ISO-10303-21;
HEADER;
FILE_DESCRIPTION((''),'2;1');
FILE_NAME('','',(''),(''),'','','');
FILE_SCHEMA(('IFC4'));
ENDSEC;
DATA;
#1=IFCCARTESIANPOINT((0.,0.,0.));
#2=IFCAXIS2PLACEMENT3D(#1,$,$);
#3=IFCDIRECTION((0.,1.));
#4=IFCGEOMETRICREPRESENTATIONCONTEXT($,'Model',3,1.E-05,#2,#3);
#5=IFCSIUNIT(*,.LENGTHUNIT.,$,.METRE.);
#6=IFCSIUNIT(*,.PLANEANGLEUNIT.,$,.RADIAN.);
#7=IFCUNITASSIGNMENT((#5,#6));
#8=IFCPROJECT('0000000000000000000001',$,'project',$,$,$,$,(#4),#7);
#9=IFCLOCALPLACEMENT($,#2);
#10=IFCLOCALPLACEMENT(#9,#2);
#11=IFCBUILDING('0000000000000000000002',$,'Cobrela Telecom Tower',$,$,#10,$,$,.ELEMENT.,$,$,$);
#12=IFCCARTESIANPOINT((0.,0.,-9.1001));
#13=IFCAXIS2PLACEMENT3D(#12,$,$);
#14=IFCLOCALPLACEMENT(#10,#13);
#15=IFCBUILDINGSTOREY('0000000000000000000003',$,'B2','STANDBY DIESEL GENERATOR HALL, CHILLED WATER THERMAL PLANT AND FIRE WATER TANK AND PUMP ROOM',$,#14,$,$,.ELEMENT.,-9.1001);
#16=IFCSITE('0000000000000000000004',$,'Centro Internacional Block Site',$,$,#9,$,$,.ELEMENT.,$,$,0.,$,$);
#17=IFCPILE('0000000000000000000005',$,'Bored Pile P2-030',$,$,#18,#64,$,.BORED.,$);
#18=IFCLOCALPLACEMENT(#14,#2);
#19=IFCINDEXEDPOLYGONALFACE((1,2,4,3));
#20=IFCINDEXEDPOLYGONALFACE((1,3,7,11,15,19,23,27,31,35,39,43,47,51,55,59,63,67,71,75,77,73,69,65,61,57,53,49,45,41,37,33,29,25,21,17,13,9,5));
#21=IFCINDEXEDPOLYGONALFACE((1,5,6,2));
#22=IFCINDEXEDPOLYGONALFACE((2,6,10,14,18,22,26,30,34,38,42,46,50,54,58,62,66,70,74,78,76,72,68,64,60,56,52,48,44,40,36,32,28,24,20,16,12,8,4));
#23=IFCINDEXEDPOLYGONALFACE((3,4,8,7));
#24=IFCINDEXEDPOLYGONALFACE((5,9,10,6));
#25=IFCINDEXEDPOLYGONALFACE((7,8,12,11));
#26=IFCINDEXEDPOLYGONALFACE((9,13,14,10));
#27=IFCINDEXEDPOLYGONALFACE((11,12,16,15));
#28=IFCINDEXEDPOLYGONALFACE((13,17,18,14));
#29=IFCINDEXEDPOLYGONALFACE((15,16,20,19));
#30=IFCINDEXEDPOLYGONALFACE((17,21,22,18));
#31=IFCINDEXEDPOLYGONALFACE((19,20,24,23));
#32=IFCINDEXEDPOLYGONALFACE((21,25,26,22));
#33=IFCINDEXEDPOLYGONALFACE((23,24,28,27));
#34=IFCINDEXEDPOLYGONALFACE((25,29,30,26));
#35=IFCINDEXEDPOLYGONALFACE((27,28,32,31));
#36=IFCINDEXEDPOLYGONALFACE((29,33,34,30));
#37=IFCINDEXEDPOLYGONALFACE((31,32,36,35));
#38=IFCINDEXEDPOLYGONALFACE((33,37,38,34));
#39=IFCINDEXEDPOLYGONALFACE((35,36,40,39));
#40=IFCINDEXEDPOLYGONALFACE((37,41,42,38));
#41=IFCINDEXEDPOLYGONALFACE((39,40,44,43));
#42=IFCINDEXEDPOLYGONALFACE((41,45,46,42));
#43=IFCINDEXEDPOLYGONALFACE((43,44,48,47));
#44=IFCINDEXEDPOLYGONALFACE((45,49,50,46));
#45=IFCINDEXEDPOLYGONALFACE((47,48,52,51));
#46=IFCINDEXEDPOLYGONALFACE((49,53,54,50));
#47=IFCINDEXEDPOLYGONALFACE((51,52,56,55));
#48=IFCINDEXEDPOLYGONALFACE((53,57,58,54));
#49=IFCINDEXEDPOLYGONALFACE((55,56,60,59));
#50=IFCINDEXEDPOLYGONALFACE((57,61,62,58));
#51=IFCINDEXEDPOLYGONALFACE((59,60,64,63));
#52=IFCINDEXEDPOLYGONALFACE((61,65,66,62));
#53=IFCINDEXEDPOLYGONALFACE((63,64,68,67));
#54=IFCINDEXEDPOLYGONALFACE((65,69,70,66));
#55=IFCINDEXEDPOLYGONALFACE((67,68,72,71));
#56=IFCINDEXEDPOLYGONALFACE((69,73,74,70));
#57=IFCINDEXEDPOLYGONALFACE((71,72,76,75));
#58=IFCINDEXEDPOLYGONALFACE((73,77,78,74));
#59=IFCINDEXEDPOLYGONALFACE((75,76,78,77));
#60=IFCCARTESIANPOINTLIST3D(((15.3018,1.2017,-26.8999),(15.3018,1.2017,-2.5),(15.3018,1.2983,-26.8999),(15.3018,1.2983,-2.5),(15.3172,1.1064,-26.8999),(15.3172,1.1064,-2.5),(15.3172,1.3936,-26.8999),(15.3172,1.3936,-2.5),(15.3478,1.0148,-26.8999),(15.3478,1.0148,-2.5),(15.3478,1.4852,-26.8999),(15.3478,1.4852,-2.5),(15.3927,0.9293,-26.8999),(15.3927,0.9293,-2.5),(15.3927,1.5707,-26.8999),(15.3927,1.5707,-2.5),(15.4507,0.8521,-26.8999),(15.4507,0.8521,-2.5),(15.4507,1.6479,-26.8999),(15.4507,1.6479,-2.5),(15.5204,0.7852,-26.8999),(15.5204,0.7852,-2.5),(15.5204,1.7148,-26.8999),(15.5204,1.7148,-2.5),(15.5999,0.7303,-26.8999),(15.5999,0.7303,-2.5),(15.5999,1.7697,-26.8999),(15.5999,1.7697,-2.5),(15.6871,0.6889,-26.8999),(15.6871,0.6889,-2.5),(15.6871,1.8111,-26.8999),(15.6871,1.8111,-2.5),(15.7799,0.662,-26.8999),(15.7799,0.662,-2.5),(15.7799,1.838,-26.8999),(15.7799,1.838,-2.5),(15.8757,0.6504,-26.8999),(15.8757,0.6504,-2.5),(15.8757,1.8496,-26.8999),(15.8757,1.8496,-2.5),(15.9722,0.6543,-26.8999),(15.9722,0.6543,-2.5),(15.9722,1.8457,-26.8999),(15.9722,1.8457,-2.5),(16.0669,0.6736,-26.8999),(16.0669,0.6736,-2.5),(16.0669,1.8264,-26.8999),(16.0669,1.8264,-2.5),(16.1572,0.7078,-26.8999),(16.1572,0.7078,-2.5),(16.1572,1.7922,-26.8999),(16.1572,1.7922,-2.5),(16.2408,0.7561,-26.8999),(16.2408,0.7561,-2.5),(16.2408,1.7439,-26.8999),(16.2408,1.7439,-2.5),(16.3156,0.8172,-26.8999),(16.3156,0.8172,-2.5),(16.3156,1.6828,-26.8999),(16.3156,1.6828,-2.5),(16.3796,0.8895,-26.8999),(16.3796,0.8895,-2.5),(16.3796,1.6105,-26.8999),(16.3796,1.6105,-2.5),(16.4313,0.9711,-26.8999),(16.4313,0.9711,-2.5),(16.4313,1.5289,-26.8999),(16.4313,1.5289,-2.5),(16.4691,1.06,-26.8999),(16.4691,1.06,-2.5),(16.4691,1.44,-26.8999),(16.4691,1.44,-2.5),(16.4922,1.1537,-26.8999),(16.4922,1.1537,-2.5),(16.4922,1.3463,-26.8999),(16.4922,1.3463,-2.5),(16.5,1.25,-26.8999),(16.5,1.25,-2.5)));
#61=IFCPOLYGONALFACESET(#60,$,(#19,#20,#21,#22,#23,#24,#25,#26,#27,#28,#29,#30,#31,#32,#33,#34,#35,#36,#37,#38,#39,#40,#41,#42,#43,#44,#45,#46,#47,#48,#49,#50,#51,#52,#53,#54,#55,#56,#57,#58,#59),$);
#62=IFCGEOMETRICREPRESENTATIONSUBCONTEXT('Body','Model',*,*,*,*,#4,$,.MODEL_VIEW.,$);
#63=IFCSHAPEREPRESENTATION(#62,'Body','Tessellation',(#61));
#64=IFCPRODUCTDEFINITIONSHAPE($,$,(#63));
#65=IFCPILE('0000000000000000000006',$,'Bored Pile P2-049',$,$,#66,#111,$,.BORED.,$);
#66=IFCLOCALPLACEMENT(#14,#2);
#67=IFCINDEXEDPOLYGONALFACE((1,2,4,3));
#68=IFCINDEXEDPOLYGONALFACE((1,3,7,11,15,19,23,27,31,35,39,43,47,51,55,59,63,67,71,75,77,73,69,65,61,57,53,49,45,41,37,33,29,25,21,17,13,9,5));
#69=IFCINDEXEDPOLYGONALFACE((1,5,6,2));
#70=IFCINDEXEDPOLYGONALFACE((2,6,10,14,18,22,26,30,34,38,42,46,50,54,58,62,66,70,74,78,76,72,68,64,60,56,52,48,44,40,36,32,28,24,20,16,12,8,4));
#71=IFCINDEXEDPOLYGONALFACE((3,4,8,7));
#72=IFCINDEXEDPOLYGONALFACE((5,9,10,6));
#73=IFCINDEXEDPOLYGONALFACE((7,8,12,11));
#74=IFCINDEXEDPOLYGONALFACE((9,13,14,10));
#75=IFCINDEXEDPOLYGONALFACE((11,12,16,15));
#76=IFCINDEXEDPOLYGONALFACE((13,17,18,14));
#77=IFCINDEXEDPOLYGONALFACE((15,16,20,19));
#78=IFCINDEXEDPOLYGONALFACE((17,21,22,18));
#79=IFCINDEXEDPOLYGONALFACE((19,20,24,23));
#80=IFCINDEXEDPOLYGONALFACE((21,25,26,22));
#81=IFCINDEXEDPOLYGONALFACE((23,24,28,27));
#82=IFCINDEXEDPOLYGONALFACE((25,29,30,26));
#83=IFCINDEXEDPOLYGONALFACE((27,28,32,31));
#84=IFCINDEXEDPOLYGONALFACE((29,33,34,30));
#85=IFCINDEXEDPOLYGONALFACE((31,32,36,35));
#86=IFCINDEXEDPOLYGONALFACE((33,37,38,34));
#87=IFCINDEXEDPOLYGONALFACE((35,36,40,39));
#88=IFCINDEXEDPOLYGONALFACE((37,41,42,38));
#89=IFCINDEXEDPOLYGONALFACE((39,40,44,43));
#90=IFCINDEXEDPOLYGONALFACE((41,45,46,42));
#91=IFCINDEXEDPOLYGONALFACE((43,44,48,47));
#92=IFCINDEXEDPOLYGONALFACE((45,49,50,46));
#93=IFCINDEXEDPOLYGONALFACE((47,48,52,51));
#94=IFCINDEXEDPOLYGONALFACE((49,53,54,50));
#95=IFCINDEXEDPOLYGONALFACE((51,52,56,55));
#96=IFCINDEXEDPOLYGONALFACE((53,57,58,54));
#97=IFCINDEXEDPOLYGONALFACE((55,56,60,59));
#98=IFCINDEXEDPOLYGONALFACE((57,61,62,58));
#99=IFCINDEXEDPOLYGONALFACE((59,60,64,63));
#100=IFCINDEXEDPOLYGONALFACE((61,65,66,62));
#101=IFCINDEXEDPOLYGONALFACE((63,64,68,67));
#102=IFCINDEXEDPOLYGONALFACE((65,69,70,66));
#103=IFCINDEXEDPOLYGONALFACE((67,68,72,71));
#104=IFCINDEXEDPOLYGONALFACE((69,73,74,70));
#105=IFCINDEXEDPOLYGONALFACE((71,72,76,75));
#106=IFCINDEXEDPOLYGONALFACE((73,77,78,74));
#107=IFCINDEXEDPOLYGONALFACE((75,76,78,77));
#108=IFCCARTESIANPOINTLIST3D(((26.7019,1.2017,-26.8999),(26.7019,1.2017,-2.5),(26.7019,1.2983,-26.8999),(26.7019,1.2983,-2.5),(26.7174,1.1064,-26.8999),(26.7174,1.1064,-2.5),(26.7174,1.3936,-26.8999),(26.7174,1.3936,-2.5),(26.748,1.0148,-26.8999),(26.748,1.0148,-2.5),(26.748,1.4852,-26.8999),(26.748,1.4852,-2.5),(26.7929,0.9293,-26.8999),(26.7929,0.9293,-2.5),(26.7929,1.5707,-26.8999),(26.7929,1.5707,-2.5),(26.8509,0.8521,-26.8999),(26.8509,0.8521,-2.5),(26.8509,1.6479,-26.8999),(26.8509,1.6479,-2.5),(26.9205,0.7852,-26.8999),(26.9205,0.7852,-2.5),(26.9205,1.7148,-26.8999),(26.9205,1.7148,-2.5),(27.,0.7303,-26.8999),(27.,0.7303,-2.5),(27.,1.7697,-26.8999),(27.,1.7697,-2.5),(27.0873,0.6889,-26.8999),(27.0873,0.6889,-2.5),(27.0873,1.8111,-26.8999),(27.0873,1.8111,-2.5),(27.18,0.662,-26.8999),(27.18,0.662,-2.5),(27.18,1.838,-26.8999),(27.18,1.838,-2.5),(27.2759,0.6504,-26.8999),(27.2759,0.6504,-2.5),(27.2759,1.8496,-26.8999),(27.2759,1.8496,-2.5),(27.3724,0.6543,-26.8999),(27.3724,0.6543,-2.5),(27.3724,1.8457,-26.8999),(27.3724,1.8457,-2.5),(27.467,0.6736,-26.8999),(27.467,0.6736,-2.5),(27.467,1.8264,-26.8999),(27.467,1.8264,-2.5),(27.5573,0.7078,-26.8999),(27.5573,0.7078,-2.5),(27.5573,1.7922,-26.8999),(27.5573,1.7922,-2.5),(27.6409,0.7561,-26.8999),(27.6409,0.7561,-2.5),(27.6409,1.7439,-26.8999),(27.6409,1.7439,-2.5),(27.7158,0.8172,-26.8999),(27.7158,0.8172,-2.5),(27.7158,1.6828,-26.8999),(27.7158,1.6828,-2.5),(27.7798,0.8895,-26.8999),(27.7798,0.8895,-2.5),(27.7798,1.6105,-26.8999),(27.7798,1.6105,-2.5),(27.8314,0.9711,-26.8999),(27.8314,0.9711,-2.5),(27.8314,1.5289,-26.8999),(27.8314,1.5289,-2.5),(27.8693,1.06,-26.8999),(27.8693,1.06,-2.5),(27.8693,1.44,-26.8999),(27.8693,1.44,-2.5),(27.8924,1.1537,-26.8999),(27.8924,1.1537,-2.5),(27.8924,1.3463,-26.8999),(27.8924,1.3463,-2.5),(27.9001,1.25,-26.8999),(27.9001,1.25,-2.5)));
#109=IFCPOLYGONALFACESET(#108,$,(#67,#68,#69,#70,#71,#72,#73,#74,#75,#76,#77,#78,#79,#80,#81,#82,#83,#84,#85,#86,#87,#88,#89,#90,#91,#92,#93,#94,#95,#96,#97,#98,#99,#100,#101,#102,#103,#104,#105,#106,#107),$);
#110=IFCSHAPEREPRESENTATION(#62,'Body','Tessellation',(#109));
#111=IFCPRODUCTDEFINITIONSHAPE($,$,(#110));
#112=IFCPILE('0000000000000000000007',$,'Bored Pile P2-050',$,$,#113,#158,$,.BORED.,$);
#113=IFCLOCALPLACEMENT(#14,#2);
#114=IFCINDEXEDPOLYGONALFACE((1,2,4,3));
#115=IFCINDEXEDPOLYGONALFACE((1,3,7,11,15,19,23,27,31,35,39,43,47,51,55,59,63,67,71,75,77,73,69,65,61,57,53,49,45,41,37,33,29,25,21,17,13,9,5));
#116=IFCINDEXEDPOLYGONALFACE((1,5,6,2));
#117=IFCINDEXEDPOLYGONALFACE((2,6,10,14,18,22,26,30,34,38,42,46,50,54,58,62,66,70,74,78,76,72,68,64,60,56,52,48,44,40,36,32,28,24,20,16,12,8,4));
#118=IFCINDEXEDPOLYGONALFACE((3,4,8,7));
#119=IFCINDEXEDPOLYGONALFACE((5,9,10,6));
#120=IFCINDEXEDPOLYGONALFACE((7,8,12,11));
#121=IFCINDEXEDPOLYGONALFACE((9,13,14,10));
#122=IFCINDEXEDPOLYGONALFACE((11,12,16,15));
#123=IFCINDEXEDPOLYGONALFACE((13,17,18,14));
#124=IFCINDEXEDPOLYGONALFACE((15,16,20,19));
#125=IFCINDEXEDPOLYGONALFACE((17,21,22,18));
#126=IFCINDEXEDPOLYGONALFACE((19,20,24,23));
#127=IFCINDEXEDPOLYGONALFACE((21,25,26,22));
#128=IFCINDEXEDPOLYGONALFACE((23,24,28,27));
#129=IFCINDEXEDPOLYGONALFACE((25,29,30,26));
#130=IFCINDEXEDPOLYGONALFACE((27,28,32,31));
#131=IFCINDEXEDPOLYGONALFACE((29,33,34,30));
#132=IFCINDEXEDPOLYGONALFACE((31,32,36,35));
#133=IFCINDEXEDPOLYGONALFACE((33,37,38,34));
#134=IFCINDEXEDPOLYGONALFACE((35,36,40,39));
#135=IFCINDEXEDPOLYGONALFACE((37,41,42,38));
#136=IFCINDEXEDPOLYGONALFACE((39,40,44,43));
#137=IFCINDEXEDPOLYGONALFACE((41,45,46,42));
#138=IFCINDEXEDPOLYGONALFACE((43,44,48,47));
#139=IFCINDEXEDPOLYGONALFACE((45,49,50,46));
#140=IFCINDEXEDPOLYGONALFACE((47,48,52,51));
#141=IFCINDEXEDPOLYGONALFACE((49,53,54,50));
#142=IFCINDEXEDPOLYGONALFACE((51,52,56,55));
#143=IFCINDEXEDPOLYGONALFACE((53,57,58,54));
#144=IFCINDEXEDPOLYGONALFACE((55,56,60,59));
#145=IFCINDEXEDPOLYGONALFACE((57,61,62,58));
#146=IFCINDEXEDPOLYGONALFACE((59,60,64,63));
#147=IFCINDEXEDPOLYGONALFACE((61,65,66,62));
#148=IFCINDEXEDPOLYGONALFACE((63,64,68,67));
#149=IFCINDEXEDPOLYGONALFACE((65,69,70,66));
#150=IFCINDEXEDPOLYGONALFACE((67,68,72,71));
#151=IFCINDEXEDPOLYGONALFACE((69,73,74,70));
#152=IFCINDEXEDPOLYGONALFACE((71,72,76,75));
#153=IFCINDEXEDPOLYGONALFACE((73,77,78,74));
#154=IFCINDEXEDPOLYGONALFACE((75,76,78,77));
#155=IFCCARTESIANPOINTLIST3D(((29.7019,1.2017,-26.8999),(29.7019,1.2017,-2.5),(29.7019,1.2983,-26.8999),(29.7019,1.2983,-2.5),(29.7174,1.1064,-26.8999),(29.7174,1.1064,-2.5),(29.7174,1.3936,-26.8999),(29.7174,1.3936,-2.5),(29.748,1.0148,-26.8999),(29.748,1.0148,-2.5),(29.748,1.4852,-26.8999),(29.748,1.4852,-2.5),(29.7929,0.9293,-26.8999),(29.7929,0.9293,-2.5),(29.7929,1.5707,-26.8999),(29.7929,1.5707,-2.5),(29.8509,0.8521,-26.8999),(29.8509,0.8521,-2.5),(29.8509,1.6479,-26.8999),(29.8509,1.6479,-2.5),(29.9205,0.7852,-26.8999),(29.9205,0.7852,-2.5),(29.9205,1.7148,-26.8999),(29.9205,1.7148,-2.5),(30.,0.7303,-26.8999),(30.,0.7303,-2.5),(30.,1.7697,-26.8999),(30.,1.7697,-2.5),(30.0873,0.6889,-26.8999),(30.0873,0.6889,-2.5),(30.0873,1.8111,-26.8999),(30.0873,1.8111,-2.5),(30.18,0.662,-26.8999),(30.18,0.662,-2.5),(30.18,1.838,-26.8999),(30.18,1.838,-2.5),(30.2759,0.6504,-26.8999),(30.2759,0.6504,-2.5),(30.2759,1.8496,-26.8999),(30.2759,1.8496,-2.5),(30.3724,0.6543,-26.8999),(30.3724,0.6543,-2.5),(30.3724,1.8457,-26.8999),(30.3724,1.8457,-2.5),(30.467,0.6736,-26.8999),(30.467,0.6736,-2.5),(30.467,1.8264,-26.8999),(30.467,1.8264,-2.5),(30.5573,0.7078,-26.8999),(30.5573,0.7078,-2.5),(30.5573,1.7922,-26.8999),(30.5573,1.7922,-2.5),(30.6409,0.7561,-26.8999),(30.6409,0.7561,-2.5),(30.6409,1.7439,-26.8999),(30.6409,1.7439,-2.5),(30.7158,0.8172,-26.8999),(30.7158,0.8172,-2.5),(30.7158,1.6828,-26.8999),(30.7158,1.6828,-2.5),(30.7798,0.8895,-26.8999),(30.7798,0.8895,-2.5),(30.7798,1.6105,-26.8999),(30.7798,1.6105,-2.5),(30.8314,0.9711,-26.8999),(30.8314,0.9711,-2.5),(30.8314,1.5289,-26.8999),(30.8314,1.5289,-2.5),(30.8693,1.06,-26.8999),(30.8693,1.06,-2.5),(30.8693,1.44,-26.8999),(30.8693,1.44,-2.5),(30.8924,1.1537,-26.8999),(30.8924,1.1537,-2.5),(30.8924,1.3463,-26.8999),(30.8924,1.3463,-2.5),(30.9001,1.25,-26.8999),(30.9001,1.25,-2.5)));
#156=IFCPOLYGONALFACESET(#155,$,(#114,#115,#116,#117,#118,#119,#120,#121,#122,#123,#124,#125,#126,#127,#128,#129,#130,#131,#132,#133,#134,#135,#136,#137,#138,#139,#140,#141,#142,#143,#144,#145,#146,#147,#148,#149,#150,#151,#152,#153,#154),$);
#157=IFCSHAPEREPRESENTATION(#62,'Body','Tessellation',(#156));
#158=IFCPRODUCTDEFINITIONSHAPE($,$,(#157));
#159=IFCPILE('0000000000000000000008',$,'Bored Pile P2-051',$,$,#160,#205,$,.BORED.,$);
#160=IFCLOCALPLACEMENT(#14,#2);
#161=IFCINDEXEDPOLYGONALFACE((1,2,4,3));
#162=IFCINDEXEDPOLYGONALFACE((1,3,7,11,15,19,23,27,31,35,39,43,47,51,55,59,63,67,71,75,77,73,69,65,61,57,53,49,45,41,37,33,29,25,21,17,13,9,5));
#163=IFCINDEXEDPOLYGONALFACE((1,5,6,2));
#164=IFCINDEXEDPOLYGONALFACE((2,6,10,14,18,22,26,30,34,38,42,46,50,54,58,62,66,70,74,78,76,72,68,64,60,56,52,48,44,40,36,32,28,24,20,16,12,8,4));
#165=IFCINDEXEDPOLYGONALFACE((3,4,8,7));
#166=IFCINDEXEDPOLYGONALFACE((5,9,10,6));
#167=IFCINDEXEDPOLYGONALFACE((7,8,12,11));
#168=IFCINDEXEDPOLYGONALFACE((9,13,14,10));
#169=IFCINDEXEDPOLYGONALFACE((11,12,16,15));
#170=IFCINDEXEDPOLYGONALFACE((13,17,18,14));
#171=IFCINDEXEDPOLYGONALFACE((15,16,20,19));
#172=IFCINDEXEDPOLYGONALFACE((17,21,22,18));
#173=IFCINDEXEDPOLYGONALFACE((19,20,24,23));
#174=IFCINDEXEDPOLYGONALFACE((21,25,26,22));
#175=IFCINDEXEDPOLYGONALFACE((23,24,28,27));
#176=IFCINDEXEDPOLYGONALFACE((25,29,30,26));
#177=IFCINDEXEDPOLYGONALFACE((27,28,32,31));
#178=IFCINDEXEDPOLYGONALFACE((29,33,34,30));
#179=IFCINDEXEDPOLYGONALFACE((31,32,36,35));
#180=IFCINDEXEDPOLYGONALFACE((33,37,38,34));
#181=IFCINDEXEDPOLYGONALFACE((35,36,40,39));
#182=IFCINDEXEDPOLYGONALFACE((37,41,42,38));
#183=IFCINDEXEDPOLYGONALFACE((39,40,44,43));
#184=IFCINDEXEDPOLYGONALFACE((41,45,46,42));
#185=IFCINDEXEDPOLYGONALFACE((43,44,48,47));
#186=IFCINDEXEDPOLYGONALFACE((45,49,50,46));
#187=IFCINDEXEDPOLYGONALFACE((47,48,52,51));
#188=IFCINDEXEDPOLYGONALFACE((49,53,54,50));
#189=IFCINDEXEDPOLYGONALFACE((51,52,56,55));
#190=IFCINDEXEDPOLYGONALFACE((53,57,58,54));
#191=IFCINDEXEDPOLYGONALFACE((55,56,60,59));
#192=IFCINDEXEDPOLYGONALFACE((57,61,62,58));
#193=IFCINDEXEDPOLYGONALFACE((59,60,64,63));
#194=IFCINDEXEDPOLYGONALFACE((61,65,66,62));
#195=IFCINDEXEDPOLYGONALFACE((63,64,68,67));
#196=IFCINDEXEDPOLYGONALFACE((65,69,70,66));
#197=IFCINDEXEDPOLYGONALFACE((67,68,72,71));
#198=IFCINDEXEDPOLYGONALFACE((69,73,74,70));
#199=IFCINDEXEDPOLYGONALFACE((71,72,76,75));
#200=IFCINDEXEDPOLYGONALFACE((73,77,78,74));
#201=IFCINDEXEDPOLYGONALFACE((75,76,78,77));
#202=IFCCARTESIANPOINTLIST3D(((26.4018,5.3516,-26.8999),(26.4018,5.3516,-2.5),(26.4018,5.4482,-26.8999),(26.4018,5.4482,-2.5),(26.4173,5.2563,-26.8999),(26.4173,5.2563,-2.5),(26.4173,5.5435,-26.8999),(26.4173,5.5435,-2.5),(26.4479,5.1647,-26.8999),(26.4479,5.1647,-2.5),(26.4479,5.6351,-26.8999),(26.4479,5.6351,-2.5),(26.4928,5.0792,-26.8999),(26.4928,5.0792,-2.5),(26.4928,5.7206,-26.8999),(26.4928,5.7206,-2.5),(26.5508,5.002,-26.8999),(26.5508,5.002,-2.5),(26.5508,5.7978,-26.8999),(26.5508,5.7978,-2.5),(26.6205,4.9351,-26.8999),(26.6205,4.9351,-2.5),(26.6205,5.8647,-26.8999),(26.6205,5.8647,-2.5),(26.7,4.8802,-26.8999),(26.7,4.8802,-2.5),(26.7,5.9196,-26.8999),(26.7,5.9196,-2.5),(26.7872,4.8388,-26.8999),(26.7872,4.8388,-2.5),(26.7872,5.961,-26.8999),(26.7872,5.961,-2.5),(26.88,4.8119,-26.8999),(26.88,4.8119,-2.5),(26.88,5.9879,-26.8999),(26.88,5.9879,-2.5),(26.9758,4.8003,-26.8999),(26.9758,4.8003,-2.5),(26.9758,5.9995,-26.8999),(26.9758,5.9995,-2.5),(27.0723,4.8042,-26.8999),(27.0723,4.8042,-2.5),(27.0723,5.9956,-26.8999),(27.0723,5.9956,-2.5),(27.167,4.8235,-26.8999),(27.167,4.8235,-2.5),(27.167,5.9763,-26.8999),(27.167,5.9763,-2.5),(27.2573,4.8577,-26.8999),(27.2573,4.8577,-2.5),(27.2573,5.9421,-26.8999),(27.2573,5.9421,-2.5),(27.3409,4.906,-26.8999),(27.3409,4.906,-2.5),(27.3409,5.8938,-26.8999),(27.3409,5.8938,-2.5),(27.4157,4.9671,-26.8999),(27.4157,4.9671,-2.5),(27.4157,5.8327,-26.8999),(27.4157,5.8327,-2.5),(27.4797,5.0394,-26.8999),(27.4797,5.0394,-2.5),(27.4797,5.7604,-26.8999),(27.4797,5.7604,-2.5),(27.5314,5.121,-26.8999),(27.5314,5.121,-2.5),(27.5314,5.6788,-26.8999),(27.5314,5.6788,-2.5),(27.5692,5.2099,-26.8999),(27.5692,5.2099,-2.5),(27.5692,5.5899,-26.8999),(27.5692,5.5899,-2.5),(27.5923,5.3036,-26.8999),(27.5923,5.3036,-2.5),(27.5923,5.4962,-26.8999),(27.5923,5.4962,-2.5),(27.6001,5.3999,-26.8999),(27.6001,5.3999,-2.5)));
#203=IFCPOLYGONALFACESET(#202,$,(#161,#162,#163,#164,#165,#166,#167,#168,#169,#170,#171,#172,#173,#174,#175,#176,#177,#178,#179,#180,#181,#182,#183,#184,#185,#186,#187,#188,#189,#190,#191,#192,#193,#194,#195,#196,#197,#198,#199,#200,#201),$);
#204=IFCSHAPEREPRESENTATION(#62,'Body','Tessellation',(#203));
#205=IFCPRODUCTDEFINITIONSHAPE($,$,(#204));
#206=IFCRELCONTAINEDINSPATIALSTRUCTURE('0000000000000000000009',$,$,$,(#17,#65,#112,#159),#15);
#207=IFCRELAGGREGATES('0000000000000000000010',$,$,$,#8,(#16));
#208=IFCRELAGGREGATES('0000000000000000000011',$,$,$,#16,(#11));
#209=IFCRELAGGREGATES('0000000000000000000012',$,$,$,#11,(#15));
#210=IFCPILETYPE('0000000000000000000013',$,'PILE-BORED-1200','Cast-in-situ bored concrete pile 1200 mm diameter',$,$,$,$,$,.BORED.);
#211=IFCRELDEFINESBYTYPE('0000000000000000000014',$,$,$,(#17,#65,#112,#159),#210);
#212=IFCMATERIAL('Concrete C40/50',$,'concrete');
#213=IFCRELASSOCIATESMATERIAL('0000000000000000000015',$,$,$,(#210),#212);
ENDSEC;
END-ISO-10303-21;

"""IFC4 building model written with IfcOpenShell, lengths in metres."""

from ifc_helpers import new_model, si_unit, direction, frame, origin, origin_2d, place, context, subcontext, project, spatial, circle, extrude, material, material_profile, profile_set, type_object, element, save


model = new_model("IFC4")

# Units and contexts
model_context = context("Model", 3, precision=1e-05, world=origin(), true_north=direction((0.0, 1.0)))
body_context = subcontext(model_context, "Body", "Model", "MODEL_VIEW")
ifc_project = project(units=[si_unit("LENGTHUNIT", "METRE"), si_unit("PLANEANGLEUNIT", "RADIAN")], contexts=[model_context])

# Site, building, storey
site_placement = place(None, origin())
site = spatial("IfcSite", under=ifc_project, at=site_placement, Name="Centro Internacional Block Site", CompositionType="ELEMENT", RefElevation=0.0)
building_placement = place(site_placement, origin())
building = spatial("IfcBuilding", under=site, at=building_placement, Name="Cobrela Telecom Tower", CompositionType="ELEMENT")
storey_placement = place(building_placement, frame((0.0, 0.0, -9.1001)))
storey = spatial("IfcBuildingStorey", under=building, at=storey_placement, Name="B2", Description="STANDBY DIESEL GENERATOR HALL, CHILLED WATER THERMAL PLANT AND FIRE WATER TANK AND PUMP ROOM", CompositionType="ELEMENT", Elevation=-9.1001)

# Shared definitions
ifc_material_1 = material(Name="Concrete C40/50", Category="concrete")

# Piles
ifc_material_profile_1 = material_profile(ifc_material_1, circle(Radius=0.6001, at=origin_2d()), Name="BORED PILE D1200")
ifc_profile_set_1 = profile_set([ifc_material_profile_1], Name="Concrete C40/50")
pile_type = type_object("IfcPileType", Name="PILE-BORED-1200", Description="Cast-in-situ bored concrete pile 1200 mm diameter", PredefinedType="BORED", material=ifc_profile_set_1)
for number, where, z_axis, x_axis, name in (
    (1, (15.8999, 1.25, -2.5), (0.0, 0.0, -1.0), (1.0, 0.0, 0.0), "Bored Pile P2-030"),
    (2, (27.3, 1.25, -2.5), (0.0, 0.0, -1.0), (1.0, 0.0, 0.0), "Bored Pile P2-049"),
    (3, (30.3, 1.25, -2.5), (0.0, 0.0, -1.0), (1.0, 0.0, 0.0), "Bored Pile P2-050"),
    (4, (27.0, 5.3999, -2.5), (0.0, 0.0, -1.0), (1.0, 0.0, 0.0), "Bored Pile P2-051"),
):
    element("IfcPile", number, at=place(storey_placement, frame(where, z_axis=z_axis, x_axis=x_axis)), inside=storey, type_object=pile_type, Name=name, PredefinedType="BORED", context=body_context, shape_type="SweptSolid", body=[
        extrude(circle(Radius=0.6001, at=origin_2d()), origin(), (0.0, 0.0, 1.0), 24.3999),
    ])

save(model, "model.ifc")
